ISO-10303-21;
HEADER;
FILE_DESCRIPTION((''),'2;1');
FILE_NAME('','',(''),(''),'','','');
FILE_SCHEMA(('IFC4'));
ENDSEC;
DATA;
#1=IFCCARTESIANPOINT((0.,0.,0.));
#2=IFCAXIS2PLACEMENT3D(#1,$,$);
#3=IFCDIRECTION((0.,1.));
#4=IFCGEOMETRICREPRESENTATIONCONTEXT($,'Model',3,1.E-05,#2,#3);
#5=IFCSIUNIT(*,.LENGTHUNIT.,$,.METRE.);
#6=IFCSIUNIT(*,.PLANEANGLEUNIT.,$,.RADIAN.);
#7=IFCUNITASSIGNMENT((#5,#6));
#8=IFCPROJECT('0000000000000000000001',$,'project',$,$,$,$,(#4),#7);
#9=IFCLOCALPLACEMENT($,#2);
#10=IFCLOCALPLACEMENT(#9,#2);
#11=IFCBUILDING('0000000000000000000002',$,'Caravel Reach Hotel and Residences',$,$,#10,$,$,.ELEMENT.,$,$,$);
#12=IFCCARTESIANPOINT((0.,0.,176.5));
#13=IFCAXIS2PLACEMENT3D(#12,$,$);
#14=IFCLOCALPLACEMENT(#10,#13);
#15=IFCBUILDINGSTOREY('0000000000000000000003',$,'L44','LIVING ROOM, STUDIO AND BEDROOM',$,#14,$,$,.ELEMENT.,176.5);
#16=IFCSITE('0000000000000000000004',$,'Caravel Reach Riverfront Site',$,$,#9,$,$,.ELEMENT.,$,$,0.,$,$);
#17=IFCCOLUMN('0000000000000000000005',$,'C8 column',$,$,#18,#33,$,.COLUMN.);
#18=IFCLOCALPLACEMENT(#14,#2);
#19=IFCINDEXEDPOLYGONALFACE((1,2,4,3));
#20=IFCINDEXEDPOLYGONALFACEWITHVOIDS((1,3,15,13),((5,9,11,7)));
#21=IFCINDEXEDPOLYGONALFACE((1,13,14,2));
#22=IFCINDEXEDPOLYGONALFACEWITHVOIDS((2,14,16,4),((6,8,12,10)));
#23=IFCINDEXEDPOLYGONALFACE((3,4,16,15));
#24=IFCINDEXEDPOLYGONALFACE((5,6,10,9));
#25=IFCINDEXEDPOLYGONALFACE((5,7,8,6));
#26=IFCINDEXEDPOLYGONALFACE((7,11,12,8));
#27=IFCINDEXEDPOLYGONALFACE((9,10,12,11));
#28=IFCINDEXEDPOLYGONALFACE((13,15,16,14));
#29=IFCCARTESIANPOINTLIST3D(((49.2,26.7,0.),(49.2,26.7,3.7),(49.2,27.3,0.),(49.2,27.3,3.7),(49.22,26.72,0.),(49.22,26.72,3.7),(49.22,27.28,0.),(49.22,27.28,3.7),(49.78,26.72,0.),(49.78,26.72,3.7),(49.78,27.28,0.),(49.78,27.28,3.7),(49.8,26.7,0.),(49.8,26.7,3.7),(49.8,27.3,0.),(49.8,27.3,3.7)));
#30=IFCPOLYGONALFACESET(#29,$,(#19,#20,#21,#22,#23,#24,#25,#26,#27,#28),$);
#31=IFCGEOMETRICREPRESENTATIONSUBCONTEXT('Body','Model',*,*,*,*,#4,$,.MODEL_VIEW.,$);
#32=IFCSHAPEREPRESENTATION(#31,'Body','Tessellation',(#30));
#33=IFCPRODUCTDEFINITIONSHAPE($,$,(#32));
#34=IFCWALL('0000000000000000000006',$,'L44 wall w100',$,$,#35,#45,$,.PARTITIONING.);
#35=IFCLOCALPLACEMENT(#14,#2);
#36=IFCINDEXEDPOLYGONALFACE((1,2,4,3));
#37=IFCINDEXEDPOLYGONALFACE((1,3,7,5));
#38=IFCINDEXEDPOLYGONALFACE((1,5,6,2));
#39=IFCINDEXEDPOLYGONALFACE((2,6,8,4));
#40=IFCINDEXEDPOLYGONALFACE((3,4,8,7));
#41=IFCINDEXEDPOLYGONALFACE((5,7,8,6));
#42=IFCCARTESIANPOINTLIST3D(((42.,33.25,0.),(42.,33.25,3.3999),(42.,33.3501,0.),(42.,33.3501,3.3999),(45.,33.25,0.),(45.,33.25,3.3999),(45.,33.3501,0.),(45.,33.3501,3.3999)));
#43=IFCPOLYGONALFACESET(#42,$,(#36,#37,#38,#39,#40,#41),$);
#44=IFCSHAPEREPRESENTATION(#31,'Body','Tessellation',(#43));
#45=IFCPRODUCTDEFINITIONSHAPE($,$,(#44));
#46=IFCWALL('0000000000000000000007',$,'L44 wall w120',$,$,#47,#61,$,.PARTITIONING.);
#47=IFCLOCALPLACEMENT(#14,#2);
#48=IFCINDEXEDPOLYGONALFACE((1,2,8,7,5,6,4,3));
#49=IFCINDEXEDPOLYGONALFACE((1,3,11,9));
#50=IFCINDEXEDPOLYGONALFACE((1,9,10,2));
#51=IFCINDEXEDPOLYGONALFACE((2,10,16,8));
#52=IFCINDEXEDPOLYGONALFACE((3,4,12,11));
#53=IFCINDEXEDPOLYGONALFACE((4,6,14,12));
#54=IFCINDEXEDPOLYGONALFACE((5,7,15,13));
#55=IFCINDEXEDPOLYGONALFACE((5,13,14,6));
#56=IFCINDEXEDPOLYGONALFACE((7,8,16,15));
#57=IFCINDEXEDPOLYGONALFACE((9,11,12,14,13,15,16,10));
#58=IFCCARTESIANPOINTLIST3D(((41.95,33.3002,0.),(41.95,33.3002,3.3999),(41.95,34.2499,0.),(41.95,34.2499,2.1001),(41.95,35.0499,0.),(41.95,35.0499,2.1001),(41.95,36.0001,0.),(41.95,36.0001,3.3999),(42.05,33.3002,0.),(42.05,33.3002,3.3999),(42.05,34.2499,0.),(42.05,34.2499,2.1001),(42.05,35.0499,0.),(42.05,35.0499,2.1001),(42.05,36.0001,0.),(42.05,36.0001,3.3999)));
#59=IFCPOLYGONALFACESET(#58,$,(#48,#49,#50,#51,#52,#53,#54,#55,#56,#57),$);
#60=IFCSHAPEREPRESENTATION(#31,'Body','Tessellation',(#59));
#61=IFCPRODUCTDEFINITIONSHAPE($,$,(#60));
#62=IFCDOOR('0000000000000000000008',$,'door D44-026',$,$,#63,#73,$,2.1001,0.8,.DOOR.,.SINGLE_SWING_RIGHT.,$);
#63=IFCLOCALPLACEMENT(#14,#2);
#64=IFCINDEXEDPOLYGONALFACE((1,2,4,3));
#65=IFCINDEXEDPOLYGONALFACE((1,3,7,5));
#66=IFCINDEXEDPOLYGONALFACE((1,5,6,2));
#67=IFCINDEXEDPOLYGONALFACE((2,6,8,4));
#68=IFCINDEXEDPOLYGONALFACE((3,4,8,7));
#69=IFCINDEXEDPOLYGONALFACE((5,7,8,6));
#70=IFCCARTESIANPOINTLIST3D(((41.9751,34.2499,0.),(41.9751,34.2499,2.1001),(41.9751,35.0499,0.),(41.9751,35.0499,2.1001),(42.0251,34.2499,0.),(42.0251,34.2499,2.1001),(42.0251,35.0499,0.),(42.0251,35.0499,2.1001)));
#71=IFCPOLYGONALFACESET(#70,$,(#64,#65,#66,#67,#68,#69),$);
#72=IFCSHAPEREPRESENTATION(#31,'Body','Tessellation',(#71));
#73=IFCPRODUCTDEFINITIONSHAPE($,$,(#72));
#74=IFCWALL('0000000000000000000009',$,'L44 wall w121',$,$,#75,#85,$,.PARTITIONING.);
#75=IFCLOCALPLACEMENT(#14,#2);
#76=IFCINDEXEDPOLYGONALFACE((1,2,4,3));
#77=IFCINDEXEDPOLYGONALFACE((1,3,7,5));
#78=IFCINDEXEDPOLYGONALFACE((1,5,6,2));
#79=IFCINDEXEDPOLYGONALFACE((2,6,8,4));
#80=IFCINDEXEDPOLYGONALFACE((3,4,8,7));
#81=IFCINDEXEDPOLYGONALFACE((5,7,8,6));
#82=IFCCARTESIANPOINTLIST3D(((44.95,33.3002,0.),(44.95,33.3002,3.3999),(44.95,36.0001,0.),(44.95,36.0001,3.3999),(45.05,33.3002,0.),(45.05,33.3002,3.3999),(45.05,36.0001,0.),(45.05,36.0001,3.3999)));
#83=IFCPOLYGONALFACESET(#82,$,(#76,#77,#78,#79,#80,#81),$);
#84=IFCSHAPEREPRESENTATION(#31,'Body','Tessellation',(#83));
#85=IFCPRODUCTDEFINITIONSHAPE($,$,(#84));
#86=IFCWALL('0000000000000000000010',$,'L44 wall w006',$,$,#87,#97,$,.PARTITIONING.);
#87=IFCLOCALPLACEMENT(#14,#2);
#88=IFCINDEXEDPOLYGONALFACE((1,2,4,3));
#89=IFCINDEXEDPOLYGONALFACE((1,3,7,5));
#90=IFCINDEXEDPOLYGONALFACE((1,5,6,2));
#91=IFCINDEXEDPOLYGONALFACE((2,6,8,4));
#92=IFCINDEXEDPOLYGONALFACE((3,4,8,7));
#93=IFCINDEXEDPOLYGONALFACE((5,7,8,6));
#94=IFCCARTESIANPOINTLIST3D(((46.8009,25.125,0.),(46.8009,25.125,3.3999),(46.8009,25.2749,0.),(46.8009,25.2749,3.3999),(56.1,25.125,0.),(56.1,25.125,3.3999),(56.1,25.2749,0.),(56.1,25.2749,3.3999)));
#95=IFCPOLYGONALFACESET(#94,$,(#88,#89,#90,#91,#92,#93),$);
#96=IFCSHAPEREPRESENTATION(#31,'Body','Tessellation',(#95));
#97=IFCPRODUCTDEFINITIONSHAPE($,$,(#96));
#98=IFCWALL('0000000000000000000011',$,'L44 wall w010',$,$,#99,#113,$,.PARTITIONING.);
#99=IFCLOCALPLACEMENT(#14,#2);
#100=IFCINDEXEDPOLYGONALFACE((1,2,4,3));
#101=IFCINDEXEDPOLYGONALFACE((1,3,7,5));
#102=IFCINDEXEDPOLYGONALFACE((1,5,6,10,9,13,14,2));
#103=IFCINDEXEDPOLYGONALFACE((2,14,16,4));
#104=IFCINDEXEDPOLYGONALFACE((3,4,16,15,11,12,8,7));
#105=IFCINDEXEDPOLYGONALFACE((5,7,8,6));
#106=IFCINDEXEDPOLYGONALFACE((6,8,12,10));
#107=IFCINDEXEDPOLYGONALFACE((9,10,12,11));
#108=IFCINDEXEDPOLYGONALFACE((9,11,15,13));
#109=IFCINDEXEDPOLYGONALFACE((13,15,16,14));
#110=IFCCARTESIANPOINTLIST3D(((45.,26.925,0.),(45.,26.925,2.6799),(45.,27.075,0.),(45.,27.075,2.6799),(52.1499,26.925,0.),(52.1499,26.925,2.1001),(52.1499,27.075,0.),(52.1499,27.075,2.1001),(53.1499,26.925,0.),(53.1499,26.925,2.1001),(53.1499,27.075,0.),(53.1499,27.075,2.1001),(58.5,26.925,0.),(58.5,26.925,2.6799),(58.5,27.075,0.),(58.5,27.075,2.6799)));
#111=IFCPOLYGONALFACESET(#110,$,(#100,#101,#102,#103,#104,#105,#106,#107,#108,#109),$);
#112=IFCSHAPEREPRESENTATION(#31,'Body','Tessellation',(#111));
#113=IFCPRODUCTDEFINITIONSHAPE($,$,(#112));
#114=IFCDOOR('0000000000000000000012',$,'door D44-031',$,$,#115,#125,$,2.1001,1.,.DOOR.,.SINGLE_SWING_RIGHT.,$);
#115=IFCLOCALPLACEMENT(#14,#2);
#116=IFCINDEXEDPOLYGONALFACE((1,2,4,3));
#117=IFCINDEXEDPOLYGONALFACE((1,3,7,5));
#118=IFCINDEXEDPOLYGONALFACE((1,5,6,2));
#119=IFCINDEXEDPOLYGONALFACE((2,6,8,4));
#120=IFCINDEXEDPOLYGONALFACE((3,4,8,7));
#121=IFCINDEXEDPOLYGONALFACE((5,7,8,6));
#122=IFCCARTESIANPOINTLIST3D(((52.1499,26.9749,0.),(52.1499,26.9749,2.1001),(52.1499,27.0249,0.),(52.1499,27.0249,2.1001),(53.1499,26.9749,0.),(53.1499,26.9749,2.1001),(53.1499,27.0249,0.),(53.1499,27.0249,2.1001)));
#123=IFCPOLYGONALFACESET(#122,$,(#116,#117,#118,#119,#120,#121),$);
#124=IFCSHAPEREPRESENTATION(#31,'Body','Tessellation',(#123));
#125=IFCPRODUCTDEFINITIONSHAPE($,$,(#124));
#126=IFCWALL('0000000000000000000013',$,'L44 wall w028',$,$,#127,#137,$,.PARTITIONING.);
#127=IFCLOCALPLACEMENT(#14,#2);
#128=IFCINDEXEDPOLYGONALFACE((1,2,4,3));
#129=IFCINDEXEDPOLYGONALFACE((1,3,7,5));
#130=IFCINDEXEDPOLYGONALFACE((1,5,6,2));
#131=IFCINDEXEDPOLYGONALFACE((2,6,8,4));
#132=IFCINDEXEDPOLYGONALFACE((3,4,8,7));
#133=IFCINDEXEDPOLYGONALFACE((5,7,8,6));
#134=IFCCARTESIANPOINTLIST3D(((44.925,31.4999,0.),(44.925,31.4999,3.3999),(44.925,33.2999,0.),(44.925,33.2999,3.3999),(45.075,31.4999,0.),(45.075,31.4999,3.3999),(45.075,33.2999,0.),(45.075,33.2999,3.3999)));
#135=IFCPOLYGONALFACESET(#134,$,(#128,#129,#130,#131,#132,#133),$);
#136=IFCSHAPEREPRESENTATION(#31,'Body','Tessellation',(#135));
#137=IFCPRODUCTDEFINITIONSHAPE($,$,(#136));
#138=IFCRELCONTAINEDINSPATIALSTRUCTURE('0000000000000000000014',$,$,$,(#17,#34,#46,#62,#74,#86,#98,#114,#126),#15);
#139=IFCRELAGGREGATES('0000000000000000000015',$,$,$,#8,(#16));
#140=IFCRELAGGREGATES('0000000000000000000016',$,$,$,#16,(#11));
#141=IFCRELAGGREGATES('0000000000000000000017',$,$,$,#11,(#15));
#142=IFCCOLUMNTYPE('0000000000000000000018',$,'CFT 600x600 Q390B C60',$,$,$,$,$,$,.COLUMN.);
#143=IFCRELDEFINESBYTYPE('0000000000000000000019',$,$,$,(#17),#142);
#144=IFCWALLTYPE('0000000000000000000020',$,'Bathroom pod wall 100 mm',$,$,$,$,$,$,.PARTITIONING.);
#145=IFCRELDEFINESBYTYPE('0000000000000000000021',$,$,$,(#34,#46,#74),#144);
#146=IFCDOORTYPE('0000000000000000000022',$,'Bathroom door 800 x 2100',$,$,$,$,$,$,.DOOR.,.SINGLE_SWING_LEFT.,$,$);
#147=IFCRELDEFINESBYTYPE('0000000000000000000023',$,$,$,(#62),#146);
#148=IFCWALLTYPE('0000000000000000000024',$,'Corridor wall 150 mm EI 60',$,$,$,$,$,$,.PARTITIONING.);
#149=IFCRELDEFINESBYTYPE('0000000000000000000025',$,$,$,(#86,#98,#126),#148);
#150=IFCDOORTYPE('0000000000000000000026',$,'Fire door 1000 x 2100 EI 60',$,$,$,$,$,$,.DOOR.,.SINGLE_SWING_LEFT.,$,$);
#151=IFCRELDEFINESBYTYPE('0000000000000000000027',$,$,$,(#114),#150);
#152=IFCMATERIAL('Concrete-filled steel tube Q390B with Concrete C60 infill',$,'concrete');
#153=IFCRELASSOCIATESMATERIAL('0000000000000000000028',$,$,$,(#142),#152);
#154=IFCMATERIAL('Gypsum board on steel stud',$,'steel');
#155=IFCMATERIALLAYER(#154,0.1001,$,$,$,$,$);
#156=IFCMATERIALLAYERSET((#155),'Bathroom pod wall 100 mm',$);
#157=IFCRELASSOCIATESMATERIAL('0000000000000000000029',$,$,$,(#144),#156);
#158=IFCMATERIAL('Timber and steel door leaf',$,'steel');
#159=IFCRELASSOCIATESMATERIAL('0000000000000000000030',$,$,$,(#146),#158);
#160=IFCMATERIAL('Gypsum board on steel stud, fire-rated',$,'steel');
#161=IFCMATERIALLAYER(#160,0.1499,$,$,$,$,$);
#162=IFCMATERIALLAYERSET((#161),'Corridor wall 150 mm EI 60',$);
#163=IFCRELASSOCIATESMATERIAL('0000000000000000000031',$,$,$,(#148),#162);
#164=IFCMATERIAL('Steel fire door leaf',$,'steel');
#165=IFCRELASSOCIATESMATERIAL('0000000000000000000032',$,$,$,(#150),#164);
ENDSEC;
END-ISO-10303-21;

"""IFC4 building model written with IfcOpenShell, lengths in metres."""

from ifc_helpers import new_model, si_unit, direction, frame, frame_2d, origin, origin_2d, place, context, subcontext, project, spatial, rectangle, hollow_rectangle, extrude, material, layer, layer_set, material_profile, profile_set, type_object, element, fill, save


model = new_model("IFC4")

# Units and contexts
model_context = context("Model", 3, precision=1e-05, world=origin(), true_north=direction((0.0, 1.0)))
body_context = subcontext(model_context, "Body", "Model", "MODEL_VIEW")
ifc_project = project(units=[si_unit("LENGTHUNIT", "METRE"), si_unit("PLANEANGLEUNIT", "RADIAN")], contexts=[model_context])

# Site, building, storey
site_placement = place(None, origin())
site = spatial("IfcSite", under=ifc_project, at=site_placement, Name="Caravel Reach Riverfront Site", CompositionType="ELEMENT", RefElevation=0.0)
building_placement = place(site_placement, origin())
building = spatial("IfcBuilding", under=site, at=building_placement, Name="Caravel Reach Hotel and Residences", CompositionType="ELEMENT")
storey_placement = place(building_placement, frame((0.0, 0.0, 176.5)))
storey = spatial("IfcBuildingStorey", under=building, at=storey_placement, Name="L44", Description="LIVING ROOM, STUDIO AND BEDROOM", CompositionType="ELEMENT", Elevation=176.5)

# Column
ifc_material_1 = material(Name="Concrete-filled steel tube Q390B with Concrete C60 infill", Category="concrete")
ifc_material_profile = material_profile(ifc_material_1, hollow_rectangle(XDim=0.6001, YDim=0.6001, WallThickness=0.02, at=origin_2d()), Name="RHS 600x600x20")
ifc_profile_set = profile_set([ifc_material_profile], Name="Concrete-filled steel tube Q390B with Concrete C60 infill")
column_type = type_object("IfcColumnType", Name="CFT 600x600 Q390B C60", PredefinedType="COLUMN", material=ifc_profile_set)
column_placement = place(storey_placement, frame((49.5, 27.0, 0.0), z_axis=(0.0, 0.0, 1.0), x_axis=(1.0, 0.0, 0.0)))
element("IfcColumn", 1, at=column_placement, inside=storey, type_object=column_type, Name="C8 column", PredefinedType="COLUMN", context=body_context, shape_type="SweptSolid", body=[
    extrude(hollow_rectangle(XDim=0.6001, YDim=0.6001, WallThickness=0.02, at=origin_2d()), origin(), (0.0, 0.0, 1.0), 3.7),
])

# Wall
ifc_material_2 = material(Name="Gypsum board on steel stud", Category="steel")
ifc_layer_1 = layer(ifc_material_2, 0.1001)
ifc_layer_set_1 = layer_set([ifc_layer_1], Name="Bathroom pod wall 100 mm")
wall_type_1 = type_object("IfcWallType", Name="Bathroom pod wall 100 mm", PredefinedType="PARTITIONING", material=ifc_layer_set_1)
wall_1_placement = place(storey_placement, frame((42.0, 33.3, 0.0), z_axis=(0.0, 0.0, 1.0), x_axis=(1.0, 0.0, 0.0)))
element("IfcWall", 2, at=wall_1_placement, inside=storey, type_object=wall_type_1, Name="L44 wall w100", PredefinedType="PARTITIONING", context=body_context, shape_type="SweptSolid", body=[
    extrude(rectangle(XDim=3.0, YDim=0.1001, at=frame_2d((1.5, 0.0))), origin(), (0.0, 0.0, 1.0), 3.3999),
])

# Wall, opening, door
wall_2_placement = place(storey_placement, frame((42.0, 33.3, 0.0), z_axis=(0.0, 0.0, 1.0), x_axis=(0.0, 1.0, 0.0)))
wall_2 = element("IfcWall", 3, at=wall_2_placement, inside=storey, type_object=wall_type_1, Name="L44 wall w120", PredefinedType="PARTITIONING", context=body_context, shape_type="SweptSolid", body=[
    extrude(rectangle(XDim=2.7, YDim=0.1001, at=frame_2d((1.3501, 0.0))), origin(), (0.0, 0.0, 1.0), 3.3999),
])
opening_1_placement = place(wall_2_placement, frame((0.95, 0.0, 0.0)))
opening_1 = element("IfcOpeningElement", 4, at=opening_1_placement, cuts=wall_2, PredefinedType="OPENING", context=body_context, shape_type="SweptSolid", body=[
    extrude(rectangle(XDim=0.8, YDim=2.1001, at=frame_2d((0.3999, 1.05))), frame((0.0, 0.0601, 0.0), z_axis=(0.0, -1.0, 0.0), x_axis=(1.0, 0.0, 0.0)), (0.0, 0.0, 1.0), 0.1201),
])
ifc_material_3 = material(Name="Timber and steel door leaf", Category="steel")
door_type_1 = type_object("IfcDoorType", Name="Bathroom door 800 x 2100", OperationType="SINGLE_SWING_LEFT", PredefinedType="DOOR", material=ifc_material_3)
door_1_placement = place(opening_1_placement, origin())
door_1 = element("IfcDoor", 5, at=door_1_placement, inside=storey, type_object=door_type_1, Name="door D44-026", OperationType="SINGLE_SWING_RIGHT", OverallHeight=2.1001, OverallWidth=0.8, PredefinedType="DOOR", context=body_context, shape_type="SweptSolid", body=[
    extrude(rectangle(XDim=0.8, YDim=2.1001, at=frame_2d((0.3999, 1.05))), frame((0.0, 0.0249, 0.0), z_axis=(0.0, -1.0, 0.0), x_axis=(1.0, 0.0, 0.0)), (0.0, 0.0, 1.0), 0.05),
])
fill(opening_1, door_1)

# Walls
wall_3_placement = place(storey_placement, frame((45.0, 33.3, 0.0), z_axis=(0.0, 0.0, 1.0), x_axis=(0.0, 1.0, 0.0)))
element("IfcWall", 6, at=wall_3_placement, inside=storey, type_object=wall_type_1, Name="L44 wall w121", PredefinedType="PARTITIONING", context=body_context, shape_type="SweptSolid", body=[
    extrude(rectangle(XDim=2.7, YDim=0.1001, at=frame_2d((1.3501, 0.0))), origin(), (0.0, 0.0, 1.0), 3.3999),
])
ifc_material_4 = material(Name="Gypsum board on steel stud, fire-rated", Category="steel")
ifc_layer_2 = layer(ifc_material_4, 0.1499)
ifc_layer_set_2 = layer_set([ifc_layer_2], Name="Corridor wall 150 mm EI 60")
wall_type_2 = type_object("IfcWallType", Name="Corridor wall 150 mm EI 60", PredefinedType="PARTITIONING", material=ifc_layer_set_2)
wall_4_placement = place(storey_placement, frame((46.801, 25.2, 0.0), z_axis=(0.0, 0.0, 1.0), x_axis=(1.0, 0.0, 0.0)))
element("IfcWall", 7, at=wall_4_placement, inside=storey, type_object=wall_type_2, Name="L44 wall w006", PredefinedType="PARTITIONING", context=body_context, shape_type="SweptSolid", body=[
    extrude(rectangle(XDim=9.2991, YDim=0.1499, at=frame_2d((4.6494, 0.0))), origin(), (0.0, 0.0, 1.0), 3.3999),
])

# Wall, opening, door
wall_5_placement = place(storey_placement, frame((45.0, 27.0, 0.0), z_axis=(0.0, 0.0, 1.0), x_axis=(1.0, 0.0, 0.0)))
wall_5 = element("IfcWall", 8, at=wall_5_placement, inside=storey, type_object=wall_type_2, Name="L44 wall w010", PredefinedType="PARTITIONING", context=body_context, shape_type="SweptSolid", body=[
    extrude(rectangle(XDim=13.5, YDim=0.1499, at=frame_2d((6.75, 0.0))), origin(), (0.0, 0.0, 1.0), 2.6799),
])
opening_2_placement = place(wall_5_placement, frame((7.1499, 0.0, 0.0)))
opening_2 = element("IfcOpeningElement", 9, at=opening_2_placement, cuts=wall_5, PredefinedType="OPENING", context=body_context, shape_type="SweptSolid", body=[
    extrude(rectangle(XDim=1.0, YDim=2.1001, at=frame_2d((0.5, 1.05))), frame((0.0, 0.085, 0.0), z_axis=(0.0, -1.0, 0.0), x_axis=(1.0, 0.0, 0.0)), (0.0, 0.0, 1.0), 0.1699),
])
ifc_material_5 = material(Name="Steel fire door leaf", Category="steel")
door_type_2 = type_object("IfcDoorType", Name="Fire door 1000 x 2100 EI 60", OperationType="SINGLE_SWING_LEFT", PredefinedType="DOOR", material=ifc_material_5)
door_2_placement = place(opening_2_placement, origin())
door_2 = element("IfcDoor", 10, at=door_2_placement, inside=storey, type_object=door_type_2, Name="door D44-031", OperationType="SINGLE_SWING_RIGHT", OverallHeight=2.1001, OverallWidth=1.0, PredefinedType="DOOR", context=body_context, shape_type="SweptSolid", body=[
    extrude(rectangle(XDim=1.0, YDim=2.1001, at=frame_2d((0.5, 1.05))), frame((0.0, 0.0249, 0.0), z_axis=(0.0, -1.0, 0.0), x_axis=(1.0, 0.0, 0.0)), (0.0, 0.0, 1.0), 0.05),
])
fill(opening_2, door_2)

# Wall
wall_6_placement = place(storey_placement, frame((45.0, 31.5, 0.0), z_axis=(0.0, 0.0, 1.0), x_axis=(0.0, 1.0, 0.0)))
element("IfcWall", 11, at=wall_6_placement, inside=storey, type_object=wall_type_2, Name="L44 wall w028", PredefinedType="PARTITIONING", context=body_context, shape_type="SweptSolid", body=[
    extrude(rectangle(XDim=1.8, YDim=0.1499, at=frame_2d((0.8999, 0.0))), origin(), (0.0, 0.0, 1.0), 3.3999),
])

save(model, "model.ifc")
